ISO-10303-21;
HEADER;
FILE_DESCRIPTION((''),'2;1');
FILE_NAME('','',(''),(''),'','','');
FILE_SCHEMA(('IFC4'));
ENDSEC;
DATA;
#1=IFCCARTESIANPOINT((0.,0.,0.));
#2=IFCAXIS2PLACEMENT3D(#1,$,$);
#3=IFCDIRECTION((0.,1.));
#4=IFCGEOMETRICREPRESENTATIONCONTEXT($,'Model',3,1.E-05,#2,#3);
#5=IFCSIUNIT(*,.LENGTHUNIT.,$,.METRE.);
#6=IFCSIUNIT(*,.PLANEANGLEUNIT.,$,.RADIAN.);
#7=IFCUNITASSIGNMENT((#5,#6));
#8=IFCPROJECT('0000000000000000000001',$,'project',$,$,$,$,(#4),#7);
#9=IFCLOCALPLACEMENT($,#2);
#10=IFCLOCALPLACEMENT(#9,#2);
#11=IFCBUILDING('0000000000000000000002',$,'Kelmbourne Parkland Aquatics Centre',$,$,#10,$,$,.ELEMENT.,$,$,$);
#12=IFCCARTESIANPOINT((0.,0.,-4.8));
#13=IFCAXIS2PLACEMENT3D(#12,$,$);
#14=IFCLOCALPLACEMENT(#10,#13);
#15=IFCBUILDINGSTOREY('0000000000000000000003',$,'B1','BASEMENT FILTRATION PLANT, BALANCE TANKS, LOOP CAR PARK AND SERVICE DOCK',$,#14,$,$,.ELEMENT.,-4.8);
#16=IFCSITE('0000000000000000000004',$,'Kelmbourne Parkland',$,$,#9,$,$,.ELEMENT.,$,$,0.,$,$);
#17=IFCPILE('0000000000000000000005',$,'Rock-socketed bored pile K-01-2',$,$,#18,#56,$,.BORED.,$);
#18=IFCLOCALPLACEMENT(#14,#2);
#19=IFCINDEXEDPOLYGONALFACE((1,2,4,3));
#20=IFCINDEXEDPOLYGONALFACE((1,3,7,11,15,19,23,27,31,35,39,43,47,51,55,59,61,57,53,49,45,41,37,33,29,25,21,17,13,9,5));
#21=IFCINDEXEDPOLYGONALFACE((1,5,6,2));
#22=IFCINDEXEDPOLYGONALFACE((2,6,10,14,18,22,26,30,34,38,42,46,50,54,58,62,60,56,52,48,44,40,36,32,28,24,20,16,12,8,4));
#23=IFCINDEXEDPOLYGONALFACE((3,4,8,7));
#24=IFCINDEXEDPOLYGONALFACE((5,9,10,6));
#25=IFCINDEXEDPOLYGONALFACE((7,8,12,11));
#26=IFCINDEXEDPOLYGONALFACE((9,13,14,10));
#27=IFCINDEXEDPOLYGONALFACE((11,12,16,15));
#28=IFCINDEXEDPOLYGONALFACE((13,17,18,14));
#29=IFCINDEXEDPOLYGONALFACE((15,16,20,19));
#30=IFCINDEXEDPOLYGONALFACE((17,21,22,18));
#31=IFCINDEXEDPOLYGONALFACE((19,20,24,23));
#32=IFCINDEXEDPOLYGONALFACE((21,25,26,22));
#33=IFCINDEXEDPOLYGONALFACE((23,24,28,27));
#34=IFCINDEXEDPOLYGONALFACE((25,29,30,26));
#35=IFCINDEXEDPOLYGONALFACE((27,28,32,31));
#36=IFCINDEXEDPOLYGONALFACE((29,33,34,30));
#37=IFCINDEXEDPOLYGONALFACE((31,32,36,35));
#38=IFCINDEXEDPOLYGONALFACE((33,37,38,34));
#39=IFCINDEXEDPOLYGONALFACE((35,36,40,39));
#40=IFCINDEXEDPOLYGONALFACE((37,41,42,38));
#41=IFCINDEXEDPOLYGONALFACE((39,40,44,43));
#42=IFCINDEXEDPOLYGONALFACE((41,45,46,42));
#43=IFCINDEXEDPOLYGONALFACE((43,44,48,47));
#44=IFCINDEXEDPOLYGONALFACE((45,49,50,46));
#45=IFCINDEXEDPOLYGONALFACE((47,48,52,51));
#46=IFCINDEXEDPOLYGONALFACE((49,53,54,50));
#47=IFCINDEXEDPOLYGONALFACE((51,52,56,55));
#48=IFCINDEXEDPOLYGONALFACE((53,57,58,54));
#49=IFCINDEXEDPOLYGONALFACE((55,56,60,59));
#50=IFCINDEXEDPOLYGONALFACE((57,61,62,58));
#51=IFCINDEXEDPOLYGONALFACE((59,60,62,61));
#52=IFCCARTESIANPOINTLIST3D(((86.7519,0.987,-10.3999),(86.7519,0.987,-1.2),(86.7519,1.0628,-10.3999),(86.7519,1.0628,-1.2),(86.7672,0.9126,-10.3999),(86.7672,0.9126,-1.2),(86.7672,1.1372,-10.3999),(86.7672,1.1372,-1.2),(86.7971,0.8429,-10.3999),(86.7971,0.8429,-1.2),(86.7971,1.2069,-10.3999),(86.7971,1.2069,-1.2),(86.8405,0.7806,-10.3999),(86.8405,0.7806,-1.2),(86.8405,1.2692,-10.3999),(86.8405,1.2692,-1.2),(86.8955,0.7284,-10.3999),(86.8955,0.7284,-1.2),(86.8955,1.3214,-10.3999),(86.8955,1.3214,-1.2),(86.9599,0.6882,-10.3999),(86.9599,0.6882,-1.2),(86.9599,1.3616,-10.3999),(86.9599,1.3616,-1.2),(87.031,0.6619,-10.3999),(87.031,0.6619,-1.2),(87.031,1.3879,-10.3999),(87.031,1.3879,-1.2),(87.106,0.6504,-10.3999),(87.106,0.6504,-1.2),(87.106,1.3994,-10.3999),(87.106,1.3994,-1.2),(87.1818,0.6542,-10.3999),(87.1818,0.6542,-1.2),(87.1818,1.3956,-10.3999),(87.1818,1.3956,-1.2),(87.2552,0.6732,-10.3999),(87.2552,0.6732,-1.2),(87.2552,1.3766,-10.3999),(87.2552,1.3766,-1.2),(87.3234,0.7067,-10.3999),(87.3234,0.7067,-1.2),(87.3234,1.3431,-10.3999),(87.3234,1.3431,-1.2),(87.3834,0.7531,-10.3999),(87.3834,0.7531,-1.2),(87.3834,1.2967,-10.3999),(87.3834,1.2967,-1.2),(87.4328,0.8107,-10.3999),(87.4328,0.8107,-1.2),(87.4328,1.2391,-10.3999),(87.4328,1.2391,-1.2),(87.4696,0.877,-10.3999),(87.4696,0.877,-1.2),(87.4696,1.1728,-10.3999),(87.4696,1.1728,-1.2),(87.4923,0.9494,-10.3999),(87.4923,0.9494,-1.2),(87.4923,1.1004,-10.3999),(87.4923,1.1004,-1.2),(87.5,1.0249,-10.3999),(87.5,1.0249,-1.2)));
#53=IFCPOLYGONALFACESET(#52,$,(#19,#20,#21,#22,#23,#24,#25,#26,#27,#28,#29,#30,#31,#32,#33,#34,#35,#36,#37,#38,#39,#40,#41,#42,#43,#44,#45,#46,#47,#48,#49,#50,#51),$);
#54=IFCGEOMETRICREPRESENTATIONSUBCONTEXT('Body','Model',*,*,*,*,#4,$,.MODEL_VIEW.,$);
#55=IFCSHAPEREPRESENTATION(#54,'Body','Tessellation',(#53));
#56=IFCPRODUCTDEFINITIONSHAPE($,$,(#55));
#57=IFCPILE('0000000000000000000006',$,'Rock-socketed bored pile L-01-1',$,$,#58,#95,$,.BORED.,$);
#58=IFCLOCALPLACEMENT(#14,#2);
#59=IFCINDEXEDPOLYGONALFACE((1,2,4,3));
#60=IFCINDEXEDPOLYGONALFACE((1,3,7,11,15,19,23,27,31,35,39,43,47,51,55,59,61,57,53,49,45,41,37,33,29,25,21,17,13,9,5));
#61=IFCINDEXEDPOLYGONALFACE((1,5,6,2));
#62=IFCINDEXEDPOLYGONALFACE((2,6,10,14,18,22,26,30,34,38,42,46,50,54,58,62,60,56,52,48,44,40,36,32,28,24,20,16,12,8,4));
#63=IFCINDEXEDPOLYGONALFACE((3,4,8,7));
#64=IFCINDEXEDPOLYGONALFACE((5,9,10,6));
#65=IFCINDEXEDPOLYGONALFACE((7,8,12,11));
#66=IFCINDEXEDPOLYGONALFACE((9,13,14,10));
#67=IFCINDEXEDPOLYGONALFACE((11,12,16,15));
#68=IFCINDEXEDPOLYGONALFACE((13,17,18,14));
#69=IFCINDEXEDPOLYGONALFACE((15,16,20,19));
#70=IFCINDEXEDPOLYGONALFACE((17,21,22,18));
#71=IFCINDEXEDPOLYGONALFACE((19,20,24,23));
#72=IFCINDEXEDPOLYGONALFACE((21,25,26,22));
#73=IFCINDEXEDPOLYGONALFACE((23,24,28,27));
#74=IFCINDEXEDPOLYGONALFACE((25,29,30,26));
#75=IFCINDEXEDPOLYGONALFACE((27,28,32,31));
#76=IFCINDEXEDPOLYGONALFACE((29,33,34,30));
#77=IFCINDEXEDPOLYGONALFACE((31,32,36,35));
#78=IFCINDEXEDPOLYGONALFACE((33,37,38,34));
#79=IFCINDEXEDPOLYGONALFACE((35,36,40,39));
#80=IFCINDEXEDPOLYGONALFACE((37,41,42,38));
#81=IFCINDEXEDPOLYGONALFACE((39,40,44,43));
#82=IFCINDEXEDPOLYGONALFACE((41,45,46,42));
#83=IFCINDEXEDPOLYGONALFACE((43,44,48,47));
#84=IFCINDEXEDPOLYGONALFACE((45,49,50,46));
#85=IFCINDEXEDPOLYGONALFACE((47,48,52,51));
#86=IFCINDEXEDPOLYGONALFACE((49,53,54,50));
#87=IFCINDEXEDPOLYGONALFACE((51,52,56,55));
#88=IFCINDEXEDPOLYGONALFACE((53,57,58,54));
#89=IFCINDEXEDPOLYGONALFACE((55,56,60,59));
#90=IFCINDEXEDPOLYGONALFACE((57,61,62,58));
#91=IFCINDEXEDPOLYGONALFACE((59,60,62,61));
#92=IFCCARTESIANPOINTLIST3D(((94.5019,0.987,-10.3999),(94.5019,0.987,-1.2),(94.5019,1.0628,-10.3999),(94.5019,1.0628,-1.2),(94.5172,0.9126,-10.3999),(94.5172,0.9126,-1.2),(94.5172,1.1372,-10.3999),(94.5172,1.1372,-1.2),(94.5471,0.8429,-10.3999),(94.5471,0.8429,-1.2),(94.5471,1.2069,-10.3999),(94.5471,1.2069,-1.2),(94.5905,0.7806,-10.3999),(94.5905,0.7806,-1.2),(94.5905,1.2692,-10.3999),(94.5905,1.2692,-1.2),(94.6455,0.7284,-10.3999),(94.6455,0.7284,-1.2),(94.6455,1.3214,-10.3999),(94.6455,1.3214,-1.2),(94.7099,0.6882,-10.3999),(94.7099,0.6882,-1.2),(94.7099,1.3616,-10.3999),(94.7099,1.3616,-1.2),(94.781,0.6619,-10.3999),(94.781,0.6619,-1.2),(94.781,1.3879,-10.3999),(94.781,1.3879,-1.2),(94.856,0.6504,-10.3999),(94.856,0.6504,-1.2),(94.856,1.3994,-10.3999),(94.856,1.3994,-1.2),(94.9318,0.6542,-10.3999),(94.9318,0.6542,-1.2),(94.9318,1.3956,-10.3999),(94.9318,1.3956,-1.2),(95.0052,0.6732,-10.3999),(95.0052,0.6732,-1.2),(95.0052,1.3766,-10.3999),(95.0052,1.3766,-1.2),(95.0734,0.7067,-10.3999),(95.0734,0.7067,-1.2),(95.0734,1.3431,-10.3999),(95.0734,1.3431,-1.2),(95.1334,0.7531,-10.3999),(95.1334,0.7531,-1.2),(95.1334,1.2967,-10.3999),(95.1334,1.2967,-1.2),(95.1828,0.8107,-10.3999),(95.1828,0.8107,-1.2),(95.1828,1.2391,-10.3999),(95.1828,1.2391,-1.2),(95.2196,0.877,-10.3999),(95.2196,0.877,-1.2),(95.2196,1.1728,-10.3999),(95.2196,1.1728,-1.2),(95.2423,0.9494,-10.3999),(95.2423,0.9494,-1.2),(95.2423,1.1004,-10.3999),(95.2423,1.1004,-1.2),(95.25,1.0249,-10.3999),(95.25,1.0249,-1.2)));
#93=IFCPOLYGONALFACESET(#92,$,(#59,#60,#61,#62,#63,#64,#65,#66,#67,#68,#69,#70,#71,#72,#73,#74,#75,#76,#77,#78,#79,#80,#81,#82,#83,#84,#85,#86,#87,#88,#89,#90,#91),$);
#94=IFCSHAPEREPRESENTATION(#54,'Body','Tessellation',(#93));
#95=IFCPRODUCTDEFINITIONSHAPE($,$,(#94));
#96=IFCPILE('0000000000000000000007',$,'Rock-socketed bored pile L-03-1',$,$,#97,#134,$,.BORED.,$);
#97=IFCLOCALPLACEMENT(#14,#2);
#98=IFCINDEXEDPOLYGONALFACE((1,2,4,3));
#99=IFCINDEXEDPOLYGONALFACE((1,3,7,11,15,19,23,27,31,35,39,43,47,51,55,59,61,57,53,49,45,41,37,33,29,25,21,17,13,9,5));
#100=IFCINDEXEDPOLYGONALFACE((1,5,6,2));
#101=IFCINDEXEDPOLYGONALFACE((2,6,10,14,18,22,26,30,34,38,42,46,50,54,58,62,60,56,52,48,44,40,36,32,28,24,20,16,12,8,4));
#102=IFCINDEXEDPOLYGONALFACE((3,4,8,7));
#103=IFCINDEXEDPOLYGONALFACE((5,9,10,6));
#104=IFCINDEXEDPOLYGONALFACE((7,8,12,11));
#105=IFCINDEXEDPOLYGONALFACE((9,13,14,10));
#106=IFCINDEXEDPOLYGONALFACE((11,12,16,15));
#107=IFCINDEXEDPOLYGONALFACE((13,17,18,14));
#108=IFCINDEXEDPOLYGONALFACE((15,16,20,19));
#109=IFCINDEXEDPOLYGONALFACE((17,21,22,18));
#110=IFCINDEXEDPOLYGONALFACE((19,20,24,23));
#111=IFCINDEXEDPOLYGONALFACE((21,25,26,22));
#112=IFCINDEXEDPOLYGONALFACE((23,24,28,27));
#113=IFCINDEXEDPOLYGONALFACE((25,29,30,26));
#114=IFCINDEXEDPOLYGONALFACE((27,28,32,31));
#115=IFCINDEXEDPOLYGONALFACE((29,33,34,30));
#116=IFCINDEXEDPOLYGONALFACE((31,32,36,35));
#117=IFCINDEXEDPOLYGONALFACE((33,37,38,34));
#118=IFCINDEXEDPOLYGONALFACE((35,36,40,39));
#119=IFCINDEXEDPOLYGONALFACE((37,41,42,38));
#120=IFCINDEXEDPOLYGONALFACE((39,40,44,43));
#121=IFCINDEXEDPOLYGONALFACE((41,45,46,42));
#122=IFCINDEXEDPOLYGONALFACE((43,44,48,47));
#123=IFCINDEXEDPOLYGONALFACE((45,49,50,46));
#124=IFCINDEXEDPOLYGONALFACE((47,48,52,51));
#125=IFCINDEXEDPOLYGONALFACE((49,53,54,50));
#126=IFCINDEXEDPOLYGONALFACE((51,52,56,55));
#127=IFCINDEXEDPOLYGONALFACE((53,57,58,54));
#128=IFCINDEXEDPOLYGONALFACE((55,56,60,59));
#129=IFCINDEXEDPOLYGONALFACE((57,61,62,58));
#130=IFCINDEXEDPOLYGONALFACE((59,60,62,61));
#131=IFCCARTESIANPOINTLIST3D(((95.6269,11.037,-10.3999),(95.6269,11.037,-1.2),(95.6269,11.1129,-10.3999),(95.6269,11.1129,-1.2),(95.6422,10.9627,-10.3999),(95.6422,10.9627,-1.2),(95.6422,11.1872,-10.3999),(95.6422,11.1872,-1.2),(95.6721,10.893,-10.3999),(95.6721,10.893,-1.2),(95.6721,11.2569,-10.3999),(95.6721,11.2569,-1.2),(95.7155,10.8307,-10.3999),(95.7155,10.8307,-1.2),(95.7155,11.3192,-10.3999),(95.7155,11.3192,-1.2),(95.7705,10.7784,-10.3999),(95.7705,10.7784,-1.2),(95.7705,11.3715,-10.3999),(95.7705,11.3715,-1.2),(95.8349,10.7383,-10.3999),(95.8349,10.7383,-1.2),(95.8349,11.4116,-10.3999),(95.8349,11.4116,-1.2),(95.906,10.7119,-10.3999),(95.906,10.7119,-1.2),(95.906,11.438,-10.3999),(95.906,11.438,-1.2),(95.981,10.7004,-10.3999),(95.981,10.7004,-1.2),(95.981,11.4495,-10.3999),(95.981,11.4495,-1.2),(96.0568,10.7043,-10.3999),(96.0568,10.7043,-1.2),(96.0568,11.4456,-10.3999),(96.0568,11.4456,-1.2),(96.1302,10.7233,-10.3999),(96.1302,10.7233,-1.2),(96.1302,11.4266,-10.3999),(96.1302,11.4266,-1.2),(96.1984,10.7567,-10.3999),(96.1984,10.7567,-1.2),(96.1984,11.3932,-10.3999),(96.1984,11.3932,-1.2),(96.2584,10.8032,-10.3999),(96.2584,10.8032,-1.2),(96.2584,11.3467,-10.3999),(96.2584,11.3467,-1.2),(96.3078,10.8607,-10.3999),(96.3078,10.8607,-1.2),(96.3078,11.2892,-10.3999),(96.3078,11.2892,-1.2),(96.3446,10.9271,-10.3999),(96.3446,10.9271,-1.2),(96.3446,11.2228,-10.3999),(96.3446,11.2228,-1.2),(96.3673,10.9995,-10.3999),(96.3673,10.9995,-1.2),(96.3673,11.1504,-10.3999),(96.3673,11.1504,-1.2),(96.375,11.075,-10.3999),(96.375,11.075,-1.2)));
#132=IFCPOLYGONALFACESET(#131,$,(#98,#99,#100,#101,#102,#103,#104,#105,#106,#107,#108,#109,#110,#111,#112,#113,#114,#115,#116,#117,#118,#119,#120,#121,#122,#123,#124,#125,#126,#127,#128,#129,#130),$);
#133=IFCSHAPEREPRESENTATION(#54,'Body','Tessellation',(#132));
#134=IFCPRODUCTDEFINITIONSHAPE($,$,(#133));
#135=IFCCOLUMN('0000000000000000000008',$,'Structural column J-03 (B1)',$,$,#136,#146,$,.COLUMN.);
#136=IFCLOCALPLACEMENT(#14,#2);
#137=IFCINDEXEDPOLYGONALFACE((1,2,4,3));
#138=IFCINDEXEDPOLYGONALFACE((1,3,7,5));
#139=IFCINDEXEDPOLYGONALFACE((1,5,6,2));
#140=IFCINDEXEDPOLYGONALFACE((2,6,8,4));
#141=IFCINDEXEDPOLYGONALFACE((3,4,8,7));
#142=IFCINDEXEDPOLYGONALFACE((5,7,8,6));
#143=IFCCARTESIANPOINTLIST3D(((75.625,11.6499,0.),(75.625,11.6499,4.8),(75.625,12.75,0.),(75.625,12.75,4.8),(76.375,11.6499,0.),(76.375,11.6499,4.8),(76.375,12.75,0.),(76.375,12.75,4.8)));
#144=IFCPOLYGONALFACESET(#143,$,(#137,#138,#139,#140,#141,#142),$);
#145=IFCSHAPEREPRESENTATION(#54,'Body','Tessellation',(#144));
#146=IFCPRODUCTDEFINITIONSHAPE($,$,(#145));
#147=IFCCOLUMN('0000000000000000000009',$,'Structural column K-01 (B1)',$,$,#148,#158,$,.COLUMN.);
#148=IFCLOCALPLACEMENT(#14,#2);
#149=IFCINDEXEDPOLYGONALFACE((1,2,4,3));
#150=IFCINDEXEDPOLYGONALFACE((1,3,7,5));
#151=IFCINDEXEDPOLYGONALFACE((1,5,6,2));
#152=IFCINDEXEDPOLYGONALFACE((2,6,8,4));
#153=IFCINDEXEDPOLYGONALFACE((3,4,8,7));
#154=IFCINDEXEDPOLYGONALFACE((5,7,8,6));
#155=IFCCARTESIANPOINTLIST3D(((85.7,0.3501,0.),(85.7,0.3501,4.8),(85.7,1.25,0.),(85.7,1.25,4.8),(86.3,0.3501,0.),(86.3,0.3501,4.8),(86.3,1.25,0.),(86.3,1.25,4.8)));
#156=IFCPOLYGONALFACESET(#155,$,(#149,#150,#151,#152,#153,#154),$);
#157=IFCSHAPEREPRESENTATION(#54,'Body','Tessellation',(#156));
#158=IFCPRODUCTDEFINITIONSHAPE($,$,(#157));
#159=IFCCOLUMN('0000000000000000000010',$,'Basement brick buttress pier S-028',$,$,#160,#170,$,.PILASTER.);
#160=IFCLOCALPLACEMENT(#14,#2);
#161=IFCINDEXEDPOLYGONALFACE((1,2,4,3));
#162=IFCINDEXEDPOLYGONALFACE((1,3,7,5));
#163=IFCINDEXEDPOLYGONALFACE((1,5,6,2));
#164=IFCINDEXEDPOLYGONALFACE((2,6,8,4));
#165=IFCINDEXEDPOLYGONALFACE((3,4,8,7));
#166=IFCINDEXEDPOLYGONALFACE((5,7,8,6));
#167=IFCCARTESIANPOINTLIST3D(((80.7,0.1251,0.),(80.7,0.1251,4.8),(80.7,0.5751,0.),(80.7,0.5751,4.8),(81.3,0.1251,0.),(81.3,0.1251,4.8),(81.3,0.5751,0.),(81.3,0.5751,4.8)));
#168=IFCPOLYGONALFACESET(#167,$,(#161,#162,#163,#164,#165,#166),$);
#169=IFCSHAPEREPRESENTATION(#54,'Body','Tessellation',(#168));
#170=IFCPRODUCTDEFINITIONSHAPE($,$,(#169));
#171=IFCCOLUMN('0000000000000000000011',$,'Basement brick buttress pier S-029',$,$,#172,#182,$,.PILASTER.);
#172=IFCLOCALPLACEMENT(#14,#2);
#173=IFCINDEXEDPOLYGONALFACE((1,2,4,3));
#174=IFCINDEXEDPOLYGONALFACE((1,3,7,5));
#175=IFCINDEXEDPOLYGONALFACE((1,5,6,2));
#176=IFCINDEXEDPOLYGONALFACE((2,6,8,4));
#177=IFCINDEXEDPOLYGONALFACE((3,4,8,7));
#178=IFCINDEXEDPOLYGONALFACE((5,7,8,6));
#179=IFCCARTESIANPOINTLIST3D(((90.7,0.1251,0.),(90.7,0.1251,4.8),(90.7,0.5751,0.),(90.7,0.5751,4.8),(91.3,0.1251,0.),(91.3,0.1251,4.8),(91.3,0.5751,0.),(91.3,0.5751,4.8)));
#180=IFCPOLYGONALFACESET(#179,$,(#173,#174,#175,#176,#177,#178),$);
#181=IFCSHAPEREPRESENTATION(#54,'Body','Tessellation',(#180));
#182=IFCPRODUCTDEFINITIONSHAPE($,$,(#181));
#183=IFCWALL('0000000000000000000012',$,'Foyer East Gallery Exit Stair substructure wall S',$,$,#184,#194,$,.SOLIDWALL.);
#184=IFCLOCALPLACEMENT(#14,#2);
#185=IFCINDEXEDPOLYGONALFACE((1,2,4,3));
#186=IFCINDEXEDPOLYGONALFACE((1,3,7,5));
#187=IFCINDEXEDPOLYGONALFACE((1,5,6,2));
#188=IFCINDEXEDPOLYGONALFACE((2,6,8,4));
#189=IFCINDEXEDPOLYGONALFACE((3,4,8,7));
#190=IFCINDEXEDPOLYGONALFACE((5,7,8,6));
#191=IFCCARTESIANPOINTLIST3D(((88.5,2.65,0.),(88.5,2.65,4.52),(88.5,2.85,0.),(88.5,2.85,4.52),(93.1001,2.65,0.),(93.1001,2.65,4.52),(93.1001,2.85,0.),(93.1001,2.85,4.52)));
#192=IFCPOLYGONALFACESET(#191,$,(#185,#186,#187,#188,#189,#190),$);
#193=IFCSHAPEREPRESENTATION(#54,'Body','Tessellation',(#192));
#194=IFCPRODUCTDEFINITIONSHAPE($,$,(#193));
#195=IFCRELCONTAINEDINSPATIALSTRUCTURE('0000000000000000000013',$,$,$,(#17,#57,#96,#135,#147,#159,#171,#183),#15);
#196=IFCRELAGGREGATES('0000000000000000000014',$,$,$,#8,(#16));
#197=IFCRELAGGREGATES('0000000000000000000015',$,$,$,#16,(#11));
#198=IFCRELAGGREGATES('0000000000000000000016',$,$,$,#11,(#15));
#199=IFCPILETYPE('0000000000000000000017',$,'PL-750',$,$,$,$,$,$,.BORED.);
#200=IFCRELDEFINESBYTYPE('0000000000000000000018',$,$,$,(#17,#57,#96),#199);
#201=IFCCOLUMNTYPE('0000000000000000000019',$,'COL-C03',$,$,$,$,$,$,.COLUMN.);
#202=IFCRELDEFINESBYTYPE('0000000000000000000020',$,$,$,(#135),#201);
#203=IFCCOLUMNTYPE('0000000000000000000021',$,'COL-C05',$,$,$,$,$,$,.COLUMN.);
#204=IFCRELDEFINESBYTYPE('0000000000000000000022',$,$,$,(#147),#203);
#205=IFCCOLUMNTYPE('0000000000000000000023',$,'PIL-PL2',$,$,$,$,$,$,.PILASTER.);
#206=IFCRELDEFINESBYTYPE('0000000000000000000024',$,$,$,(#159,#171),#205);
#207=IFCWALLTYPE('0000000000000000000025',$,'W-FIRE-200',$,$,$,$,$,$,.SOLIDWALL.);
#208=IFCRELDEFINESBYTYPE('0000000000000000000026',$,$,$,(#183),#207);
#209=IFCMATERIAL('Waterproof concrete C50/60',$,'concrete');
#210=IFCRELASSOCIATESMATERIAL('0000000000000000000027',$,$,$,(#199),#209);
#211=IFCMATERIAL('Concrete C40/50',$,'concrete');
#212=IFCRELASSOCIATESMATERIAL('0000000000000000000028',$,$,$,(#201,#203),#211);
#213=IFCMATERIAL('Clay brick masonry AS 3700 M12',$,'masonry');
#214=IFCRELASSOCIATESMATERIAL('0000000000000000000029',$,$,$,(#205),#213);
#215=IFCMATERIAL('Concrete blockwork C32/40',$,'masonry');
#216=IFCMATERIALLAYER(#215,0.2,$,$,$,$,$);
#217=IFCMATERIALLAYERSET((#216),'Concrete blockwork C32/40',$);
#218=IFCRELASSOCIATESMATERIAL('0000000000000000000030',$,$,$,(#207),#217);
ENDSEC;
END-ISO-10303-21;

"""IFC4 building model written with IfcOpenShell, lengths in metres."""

from ifc_helpers import new_model, si_unit, direction, frame, frame_2d, origin, origin_2d, place, context, subcontext, project, spatial, rectangle, circle, extrude, material, layer, layer_set, material_profile, profile_set, type_object, element, save


model = new_model("IFC4")

# Units and contexts
model_context = context("Model", 3, precision=1e-05, world=origin(), true_north=direction((0.0, 1.0)))
body_context = subcontext(model_context, "Body", "Model", "MODEL_VIEW")
ifc_project = project(units=[si_unit("LENGTHUNIT", "METRE"), si_unit("PLANEANGLEUNIT", "RADIAN")], contexts=[model_context])

# Site, building, storey
site_placement = place(None, origin())
site = spatial("IfcSite", under=ifc_project, at=site_placement, Name="Kelmbourne Parkland", CompositionType="ELEMENT", RefElevation=0.0)
building_placement = place(site_placement, origin())
building = spatial("IfcBuilding", under=site, at=building_placement, Name="Kelmbourne Parkland Aquatics Centre", CompositionType="ELEMENT")
storey_placement = place(building_placement, frame((0.0, 0.0, -4.8)))
storey = spatial("IfcBuildingStorey", under=building, at=storey_placement, Name="B1", Description="BASEMENT FILTRATION PLANT, BALANCE TANKS, LOOP CAR PARK AND SERVICE DOCK", CompositionType="ELEMENT", Elevation=-4.8)

# Shared definitions
ifc_material_1 = material(Name="Waterproof concrete C50/60", Category="concrete")

# Piles
ifc_material_profile_1 = material_profile(ifc_material_1, circle(Radius=0.375, at=origin_2d()), Name="PILE D750")
ifc_profile_set_1 = profile_set([ifc_material_profile_1], Name="Waterproof concrete C50/60")
pile_type = type_object("IfcPileType", Name="PL-750", PredefinedType="BORED", material=ifc_profile_set_1)
for number, where, z_axis, x_axis, name in (
    (1, (87.125, 1.0249, -1.2), (0.0, 0.0, -1.0), (1.0, 0.0, 0.0), "Rock-socketed bored pile K-01-2"),
    (2, (94.875, 1.0249, -1.2), (0.0, 0.0, -1.0), (1.0, 0.0, 0.0), "Rock-socketed bored pile L-01-1"),
    (3, (96.0, 11.075, -1.2), (0.0, 0.0, -1.0), (1.0, 0.0, 0.0), "Rock-socketed bored pile L-03-1"),
):
    element("IfcPile", number, at=place(storey_placement, frame(where, z_axis=z_axis, x_axis=x_axis)), inside=storey, type_object=pile_type, Name=name, PredefinedType="BORED", context=body_context, shape_type="SweptSolid", body=[
        extrude(circle(Radius=0.375, at=origin_2d()), origin(), (0.0, 0.0, 1.0), 9.2),
    ])

# Columns
ifc_material_2 = material(Name="Concrete C40/50", Category="concrete")
ifc_material_profile_2 = material_profile(ifc_material_2, rectangle(XDim=0.75, YDim=1.1001, at=origin_2d()), Name="RC 750x1100")
ifc_profile_set_2 = profile_set([ifc_material_profile_2], Name="Concrete C40/50")
column_type_1 = type_object("IfcColumnType", Name="COL-C03", PredefinedType="COLUMN", material=ifc_profile_set_2)
column_1_placement = place(storey_placement, frame((76.0, 12.2, 0.0), z_axis=(0.0, 0.0, 1.0), x_axis=(1.0, 0.0, 0.0)))
element("IfcColumn", 4, at=column_1_placement, inside=storey, type_object=column_type_1, Name="Structural column J-03 (B1)", PredefinedType="COLUMN", context=body_context, shape_type="SweptSolid", body=[
    extrude(rectangle(XDim=0.75, YDim=1.1001, at=origin_2d()), origin(), (0.0, 0.0, 1.0), 4.8),
])
ifc_material_profile_3 = material_profile(ifc_material_2, rectangle(XDim=0.6001, YDim=0.8999, at=origin_2d()), Name="RC 600x900")
ifc_profile_set_3 = profile_set([ifc_material_profile_3], Name="Concrete C40/50")
column_type_2 = type_object("IfcColumnType", Name="COL-C05", PredefinedType="COLUMN", material=ifc_profile_set_3)
column_2_placement = place(storey_placement, frame((86.0, 0.8, 0.0), z_axis=(0.0, 0.0, 1.0), x_axis=(1.0, 0.0, 0.0)))
element("IfcColumn", 5, at=column_2_placement, inside=storey, type_object=column_type_2, Name="Structural column K-01 (B1)", PredefinedType="COLUMN", context=body_context, shape_type="SweptSolid", body=[
    extrude(rectangle(XDim=0.6001, YDim=0.8999, at=origin_2d()), origin(), (0.0, 0.0, 1.0), 4.8),
])
ifc_material_3 = material(Name="Clay brick masonry AS 3700 M12", Category="masonry")
ifc_material_profile_4 = material_profile(ifc_material_3, rectangle(XDim=0.45, YDim=0.6001, at=origin_2d()), Name="PIL 450x600")
ifc_profile_set_4 = profile_set([ifc_material_profile_4], Name="Clay brick masonry AS 3700 M12")
column_type_3 = type_object("IfcColumnType", Name="PIL-PL2", PredefinedType="PILASTER", material=ifc_profile_set_4)
for number, where, z_axis, x_axis, name in (
    (6, (81.0, 0.3501, 0.0), (0.0, 0.0, 1.0), (0.0, 1.0, 0.0), "Basement brick buttress pier S-028"),
    (7, (91.0, 0.3501, 0.0), (0.0, 0.0, 1.0), (0.0, 1.0, 0.0), "Basement brick buttress pier S-029"),
):
    element("IfcColumn", number, at=place(storey_placement, frame(where, z_axis=z_axis, x_axis=x_axis)), inside=storey, type_object=column_type_3, Name=name, PredefinedType="PILASTER", context=body_context, shape_type="SweptSolid", body=[
        extrude(rectangle(XDim=0.45, YDim=0.6001, at=origin_2d()), origin(), (0.0, 0.0, 1.0), 4.8),
    ])

# Wall
ifc_material_4 = material(Name="Concrete blockwork C32/40", Category="masonry")
ifc_layer_1 = layer(ifc_material_4, 0.2)
ifc_layer_set_1 = layer_set([ifc_layer_1], Name="Concrete blockwork C32/40")
wall_type_1 = type_object("IfcWallType", Name="W-FIRE-200", PredefinedType="SOLIDWALL", material=ifc_layer_set_1)
for number, where, z_axis, x_axis, name in (
    (8, (88.5, 2.75, 0.0), (0.0, 0.0, 1.0), (1.0, 0.0, 0.0), "Foyer East Gallery Exit Stair substructure wall S"),
):
    element("IfcWall", number, at=place(storey_placement, frame(where, z_axis=z_axis, x_axis=x_axis)), inside=storey, type_object=wall_type_1, Name=name, PredefinedType="SOLIDWALL", context=body_context, shape_type="SweptSolid", body=[
        extrude(rectangle(XDim=4.6001, YDim=0.2, at=frame_2d((2.3, 0.0))), origin(), (0.0, 0.0, 1.0), 4.52),
    ])

save(model, "model.ifc")
